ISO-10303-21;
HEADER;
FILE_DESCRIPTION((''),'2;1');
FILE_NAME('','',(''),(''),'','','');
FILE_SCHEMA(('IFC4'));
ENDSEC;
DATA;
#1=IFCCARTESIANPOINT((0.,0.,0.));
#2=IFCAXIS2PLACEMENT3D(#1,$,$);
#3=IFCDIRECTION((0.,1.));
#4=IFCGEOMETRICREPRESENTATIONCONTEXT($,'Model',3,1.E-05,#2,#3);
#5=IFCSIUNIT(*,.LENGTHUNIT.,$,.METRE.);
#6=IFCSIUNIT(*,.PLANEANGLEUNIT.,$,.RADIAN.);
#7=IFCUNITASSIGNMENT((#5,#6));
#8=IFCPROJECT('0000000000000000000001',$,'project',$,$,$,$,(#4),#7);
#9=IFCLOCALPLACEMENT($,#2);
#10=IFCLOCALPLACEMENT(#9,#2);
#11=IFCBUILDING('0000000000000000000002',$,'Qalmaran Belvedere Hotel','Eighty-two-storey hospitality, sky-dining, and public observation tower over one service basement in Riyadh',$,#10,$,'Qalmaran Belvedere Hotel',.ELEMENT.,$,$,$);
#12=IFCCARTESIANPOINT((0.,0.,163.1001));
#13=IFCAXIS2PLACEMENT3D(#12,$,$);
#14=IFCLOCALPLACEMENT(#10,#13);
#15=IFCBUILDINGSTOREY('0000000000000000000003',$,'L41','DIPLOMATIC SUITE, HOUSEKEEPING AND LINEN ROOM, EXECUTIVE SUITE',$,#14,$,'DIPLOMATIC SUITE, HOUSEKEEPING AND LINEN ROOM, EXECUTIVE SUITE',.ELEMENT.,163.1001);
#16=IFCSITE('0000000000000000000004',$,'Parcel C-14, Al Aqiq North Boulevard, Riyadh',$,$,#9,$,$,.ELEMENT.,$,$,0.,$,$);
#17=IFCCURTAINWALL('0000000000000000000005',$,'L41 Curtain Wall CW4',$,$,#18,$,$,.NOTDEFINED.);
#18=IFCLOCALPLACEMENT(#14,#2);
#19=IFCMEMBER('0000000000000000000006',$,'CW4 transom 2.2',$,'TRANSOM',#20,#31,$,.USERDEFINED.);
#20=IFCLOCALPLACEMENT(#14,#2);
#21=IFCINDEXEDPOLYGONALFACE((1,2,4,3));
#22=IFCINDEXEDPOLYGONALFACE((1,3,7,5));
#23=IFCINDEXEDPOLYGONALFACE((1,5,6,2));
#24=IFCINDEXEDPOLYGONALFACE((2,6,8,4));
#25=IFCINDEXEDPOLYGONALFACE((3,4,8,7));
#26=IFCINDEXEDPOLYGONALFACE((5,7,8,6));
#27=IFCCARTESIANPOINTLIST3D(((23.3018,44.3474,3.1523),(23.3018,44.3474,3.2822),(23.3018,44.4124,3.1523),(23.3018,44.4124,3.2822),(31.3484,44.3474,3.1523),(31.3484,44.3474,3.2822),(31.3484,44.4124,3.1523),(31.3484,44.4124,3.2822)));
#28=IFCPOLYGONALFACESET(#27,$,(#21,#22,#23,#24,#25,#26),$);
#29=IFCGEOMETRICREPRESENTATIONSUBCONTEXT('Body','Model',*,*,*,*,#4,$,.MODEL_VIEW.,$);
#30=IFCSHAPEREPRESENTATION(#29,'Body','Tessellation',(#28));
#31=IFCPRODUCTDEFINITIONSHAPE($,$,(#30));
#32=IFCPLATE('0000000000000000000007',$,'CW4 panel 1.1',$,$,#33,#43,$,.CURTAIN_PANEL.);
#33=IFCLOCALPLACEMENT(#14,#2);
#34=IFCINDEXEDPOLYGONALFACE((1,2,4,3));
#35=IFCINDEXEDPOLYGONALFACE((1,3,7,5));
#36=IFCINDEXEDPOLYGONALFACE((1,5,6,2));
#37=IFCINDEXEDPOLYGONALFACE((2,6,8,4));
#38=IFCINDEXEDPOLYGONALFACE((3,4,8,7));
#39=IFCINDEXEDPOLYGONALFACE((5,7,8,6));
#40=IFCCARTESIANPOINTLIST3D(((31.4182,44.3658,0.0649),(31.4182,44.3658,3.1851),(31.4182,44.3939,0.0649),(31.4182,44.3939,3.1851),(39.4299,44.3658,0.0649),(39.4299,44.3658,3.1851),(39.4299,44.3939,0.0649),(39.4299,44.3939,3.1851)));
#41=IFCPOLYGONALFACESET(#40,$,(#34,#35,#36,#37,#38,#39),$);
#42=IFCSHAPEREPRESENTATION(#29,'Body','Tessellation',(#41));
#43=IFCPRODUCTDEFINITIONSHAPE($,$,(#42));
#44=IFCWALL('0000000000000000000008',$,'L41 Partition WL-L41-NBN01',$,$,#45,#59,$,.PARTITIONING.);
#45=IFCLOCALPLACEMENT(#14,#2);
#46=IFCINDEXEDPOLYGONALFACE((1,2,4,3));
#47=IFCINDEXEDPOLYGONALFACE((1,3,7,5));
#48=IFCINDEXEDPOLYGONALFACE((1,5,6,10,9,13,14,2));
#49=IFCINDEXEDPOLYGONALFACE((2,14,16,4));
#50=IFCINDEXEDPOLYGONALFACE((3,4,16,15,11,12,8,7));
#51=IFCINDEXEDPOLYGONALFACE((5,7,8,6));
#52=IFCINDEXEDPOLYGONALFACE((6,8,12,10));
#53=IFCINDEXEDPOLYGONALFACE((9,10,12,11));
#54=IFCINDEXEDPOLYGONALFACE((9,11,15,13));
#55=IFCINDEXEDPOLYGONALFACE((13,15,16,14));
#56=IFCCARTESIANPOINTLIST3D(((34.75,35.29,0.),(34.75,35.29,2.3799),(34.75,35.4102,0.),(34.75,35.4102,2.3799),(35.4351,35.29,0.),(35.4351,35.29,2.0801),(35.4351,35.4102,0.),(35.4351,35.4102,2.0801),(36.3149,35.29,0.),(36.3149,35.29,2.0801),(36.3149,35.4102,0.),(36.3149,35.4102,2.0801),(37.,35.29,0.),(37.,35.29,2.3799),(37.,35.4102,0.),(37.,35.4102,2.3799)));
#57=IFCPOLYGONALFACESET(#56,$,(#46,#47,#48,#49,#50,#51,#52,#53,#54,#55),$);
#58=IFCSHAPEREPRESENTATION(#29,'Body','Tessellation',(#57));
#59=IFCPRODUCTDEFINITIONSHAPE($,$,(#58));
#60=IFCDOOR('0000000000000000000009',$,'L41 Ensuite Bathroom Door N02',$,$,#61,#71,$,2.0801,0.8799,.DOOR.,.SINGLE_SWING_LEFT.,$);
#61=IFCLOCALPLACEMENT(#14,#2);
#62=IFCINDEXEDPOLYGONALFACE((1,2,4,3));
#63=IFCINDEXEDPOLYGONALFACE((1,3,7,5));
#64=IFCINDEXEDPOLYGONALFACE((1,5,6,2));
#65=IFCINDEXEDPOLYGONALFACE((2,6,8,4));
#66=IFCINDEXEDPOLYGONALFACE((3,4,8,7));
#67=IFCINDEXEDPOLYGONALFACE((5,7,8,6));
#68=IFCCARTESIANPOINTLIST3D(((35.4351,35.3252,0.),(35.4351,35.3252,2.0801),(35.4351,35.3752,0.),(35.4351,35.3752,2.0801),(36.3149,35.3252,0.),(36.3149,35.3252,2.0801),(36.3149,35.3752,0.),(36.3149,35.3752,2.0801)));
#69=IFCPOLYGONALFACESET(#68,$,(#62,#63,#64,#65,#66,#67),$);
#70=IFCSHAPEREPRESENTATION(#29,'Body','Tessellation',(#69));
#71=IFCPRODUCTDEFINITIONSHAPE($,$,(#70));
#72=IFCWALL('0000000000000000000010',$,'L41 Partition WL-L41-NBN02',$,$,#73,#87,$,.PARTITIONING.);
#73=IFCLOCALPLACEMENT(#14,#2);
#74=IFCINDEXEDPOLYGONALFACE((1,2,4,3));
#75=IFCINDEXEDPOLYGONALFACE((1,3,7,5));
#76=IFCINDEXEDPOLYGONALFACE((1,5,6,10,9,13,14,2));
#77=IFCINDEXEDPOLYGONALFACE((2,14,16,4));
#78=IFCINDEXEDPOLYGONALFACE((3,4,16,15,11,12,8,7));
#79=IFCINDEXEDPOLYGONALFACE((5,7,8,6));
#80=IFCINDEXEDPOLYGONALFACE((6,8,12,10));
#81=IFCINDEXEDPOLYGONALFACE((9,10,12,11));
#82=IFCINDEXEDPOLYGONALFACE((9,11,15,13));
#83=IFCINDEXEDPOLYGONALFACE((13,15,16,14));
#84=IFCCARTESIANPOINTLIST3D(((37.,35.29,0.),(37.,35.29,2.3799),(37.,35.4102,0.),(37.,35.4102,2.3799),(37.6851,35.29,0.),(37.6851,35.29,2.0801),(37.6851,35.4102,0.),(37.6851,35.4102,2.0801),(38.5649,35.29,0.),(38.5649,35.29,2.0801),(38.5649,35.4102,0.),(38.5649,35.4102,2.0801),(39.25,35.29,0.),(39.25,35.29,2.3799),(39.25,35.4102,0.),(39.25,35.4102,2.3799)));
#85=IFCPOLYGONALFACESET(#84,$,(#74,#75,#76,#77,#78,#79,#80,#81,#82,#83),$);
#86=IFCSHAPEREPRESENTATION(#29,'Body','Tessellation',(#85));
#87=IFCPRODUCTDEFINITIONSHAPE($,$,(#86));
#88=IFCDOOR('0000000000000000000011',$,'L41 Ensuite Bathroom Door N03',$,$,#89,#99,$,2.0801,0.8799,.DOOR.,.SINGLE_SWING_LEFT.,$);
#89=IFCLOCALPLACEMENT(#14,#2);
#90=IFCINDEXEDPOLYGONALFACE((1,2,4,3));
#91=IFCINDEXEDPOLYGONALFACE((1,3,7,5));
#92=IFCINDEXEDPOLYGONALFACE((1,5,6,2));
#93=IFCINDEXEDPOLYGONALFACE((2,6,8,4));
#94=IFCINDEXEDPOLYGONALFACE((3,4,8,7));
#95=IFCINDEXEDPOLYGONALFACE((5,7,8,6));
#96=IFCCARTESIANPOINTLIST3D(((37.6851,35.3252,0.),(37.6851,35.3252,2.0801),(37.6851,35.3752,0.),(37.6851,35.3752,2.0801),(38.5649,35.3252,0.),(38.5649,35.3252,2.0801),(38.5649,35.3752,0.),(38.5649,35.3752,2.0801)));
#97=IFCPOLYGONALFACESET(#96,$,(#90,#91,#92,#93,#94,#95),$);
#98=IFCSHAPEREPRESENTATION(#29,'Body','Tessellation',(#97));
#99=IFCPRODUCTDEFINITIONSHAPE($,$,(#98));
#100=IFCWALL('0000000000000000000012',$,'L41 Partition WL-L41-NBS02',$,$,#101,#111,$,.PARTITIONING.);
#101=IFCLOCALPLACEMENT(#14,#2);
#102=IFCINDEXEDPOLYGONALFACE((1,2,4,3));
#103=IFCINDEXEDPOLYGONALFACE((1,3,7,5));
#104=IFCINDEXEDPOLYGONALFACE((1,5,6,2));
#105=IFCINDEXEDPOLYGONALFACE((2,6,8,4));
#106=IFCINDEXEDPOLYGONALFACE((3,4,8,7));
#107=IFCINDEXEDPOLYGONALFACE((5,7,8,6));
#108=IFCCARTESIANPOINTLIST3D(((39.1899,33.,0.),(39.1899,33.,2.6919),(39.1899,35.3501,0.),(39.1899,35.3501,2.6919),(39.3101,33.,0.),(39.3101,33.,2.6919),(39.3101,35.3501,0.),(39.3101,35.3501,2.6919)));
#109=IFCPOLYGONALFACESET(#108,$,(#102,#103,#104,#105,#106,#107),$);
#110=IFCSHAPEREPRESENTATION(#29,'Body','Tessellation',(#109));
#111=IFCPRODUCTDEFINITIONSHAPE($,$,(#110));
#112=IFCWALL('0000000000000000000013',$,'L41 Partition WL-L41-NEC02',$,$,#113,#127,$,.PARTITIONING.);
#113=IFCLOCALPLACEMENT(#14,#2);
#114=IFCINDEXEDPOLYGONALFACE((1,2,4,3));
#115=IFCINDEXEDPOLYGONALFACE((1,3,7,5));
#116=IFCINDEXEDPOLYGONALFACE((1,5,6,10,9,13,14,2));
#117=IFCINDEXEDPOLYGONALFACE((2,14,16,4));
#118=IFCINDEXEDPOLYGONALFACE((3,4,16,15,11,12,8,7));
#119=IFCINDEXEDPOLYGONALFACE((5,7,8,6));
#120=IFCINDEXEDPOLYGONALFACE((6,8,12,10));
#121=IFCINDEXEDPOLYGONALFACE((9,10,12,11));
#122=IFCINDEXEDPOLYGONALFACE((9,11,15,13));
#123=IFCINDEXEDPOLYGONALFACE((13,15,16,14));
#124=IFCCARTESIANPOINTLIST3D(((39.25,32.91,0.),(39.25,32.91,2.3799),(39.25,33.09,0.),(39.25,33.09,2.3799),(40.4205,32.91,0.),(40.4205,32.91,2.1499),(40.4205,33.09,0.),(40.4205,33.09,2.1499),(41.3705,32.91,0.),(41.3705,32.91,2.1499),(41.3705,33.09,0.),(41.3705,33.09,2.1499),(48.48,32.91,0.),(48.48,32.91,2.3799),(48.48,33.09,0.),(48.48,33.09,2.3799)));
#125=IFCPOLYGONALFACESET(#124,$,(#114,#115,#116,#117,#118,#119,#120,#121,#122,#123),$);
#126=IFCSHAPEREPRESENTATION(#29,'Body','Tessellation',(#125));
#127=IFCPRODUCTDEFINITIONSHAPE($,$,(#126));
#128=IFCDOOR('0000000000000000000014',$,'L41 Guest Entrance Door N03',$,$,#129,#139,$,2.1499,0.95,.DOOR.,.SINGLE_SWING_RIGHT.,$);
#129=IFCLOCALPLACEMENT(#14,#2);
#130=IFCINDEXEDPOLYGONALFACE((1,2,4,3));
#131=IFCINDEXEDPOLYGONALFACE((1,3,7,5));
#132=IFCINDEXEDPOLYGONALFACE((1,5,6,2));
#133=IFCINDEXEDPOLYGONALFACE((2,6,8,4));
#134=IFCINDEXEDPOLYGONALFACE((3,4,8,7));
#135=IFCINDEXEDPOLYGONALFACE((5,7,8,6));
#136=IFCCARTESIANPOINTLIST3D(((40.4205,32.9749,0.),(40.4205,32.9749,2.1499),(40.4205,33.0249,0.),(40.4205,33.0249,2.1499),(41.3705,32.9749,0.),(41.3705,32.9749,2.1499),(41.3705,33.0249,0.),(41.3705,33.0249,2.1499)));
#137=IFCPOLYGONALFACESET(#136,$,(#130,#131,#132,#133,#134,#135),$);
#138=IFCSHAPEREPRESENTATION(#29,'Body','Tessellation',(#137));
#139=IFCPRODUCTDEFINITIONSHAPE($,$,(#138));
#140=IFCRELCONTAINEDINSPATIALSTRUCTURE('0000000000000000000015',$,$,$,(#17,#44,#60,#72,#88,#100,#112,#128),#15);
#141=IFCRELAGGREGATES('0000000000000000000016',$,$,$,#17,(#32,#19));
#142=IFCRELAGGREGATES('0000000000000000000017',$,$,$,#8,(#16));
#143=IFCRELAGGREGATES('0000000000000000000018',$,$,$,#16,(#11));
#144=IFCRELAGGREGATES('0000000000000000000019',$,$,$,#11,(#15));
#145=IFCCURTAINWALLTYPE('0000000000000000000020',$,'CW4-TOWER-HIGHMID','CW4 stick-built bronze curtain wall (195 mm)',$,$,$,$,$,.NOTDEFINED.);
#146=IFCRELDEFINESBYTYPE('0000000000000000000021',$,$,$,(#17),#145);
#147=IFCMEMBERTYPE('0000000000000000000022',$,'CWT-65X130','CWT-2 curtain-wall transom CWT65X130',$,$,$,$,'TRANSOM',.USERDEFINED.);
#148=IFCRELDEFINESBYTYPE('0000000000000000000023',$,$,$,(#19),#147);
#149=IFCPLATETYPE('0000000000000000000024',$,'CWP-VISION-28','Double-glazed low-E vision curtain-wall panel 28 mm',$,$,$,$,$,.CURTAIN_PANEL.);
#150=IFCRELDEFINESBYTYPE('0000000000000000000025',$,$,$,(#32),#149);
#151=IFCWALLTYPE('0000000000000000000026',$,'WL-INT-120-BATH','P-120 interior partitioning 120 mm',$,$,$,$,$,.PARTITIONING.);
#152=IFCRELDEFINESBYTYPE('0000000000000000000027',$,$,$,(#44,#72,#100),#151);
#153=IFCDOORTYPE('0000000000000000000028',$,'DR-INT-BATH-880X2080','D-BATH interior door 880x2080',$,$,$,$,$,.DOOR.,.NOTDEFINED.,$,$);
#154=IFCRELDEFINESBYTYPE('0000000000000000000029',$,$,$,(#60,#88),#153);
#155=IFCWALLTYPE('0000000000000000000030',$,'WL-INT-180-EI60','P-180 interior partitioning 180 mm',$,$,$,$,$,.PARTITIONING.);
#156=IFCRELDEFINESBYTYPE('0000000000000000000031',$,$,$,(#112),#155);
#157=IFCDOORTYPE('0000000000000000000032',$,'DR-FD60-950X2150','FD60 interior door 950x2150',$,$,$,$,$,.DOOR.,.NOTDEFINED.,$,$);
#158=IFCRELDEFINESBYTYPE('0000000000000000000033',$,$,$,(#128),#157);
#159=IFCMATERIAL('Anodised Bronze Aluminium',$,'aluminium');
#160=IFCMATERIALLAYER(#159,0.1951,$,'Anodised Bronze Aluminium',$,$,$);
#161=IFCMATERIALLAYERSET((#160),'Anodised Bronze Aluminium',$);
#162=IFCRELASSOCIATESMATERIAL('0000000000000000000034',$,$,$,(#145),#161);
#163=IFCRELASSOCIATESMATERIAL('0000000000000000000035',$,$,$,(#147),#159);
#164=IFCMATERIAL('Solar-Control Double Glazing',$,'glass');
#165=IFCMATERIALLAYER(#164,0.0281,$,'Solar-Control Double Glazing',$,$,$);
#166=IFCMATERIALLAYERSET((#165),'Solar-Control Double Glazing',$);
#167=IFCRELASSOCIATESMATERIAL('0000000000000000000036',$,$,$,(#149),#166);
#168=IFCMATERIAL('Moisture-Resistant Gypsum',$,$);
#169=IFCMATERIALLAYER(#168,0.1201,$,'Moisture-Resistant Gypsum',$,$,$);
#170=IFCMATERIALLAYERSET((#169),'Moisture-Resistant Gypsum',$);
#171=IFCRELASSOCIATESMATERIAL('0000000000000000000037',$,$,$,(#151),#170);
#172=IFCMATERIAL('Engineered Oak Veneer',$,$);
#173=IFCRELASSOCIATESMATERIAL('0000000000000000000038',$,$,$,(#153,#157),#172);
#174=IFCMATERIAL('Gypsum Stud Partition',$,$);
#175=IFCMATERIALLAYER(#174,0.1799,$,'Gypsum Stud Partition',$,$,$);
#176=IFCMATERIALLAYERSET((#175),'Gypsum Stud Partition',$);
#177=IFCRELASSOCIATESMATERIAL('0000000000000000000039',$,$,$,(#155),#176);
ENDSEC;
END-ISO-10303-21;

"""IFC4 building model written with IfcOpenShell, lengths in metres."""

from ifc_helpers import new_model, si_unit, direction, frame, frame_2d, origin, origin_2d, place, context, subcontext, project, spatial, rectangle, extrude, material, layer, layer_set, material_profile, profile_set, type_object, element, fill, aggregate, save


model = new_model("IFC4")

# Units and contexts
model_context = context("Model", 3, precision=1e-05, world=origin(), true_north=direction((0.0, 1.0)))
body_context = subcontext(model_context, "Body", "Model", "MODEL_VIEW")
ifc_project = project(units=[si_unit("LENGTHUNIT", "METRE"), si_unit("PLANEANGLEUNIT", "RADIAN")], contexts=[model_context])

# Site, building, storey
site_placement = place(None, origin())
site = spatial("IfcSite", under=ifc_project, at=site_placement, Name="Parcel C-14, Al Aqiq North Boulevard, Riyadh", CompositionType="ELEMENT", RefElevation=0.0)
building_placement = place(site_placement, origin())
building = spatial("IfcBuilding", under=site, at=building_placement, Name="Qalmaran Belvedere Hotel", Description="Eighty-two-storey hospitality, sky-dining, and public observation tower over one service basement in Riyadh", LongName="Qalmaran Belvedere Hotel", CompositionType="ELEMENT")
storey_placement = place(building_placement, frame((0.0, 0.0, 163.1001)))
storey = spatial("IfcBuildingStorey", under=building, at=storey_placement, Name="L41", Description="DIPLOMATIC SUITE, HOUSEKEEPING AND LINEN ROOM, EXECUTIVE SUITE", LongName="DIPLOMATIC SUITE, HOUSEKEEPING AND LINEN ROOM, EXECUTIVE SUITE", CompositionType="ELEMENT", Elevation=163.1001)

# Curtain wall, member, plate
ifc_material_1 = material(Name="Anodised Bronze Aluminium", Category="aluminium")
ifc_layer_1 = layer(ifc_material_1, 0.1951, Name="Anodised Bronze Aluminium")
ifc_layer_set_1 = layer_set([ifc_layer_1], Name="Anodised Bronze Aluminium")
curtain_wall_type = type_object("IfcCurtainWallType", Name="CW4-TOWER-HIGHMID", Description="CW4 stick-built bronze curtain wall (195 mm)", PredefinedType="NOTDEFINED", material=ifc_layer_set_1)
curtain_wall_placement = place(storey_placement, origin())
curtain_wall = element("IfcCurtainWall", 1, at=curtain_wall_placement, inside=storey, type_object=curtain_wall_type, Name="L41 Curtain Wall CW4", PredefinedType="NOTDEFINED")
ifc_material_profile_1 = material_profile(ifc_material_1, rectangle(XDim=0.0649, YDim=0.1299, at=origin_2d()), Name="CWT65X130")
ifc_profile_set_1 = profile_set([ifc_material_profile_1], Name="Anodised Bronze Aluminium")
member_type_1 = type_object("IfcMemberType", Name="CWT-65X130", Description="CWT-2 curtain-wall transom CWT65X130", ElementType="TRANSOM", PredefinedType="USERDEFINED", material=ifc_profile_set_1)
member_1_placement = place(storey_placement, frame((31.3484, 44.3799, 3.2173), z_axis=(-1.0, 0.0, 0.0), x_axis=(0.0, -1.0, 0.0)))
member_1 = element("IfcMember", 2, at=member_1_placement, type_object=member_type_1, Name="CW4 transom 2.2", ObjectType="TRANSOM", PredefinedType="USERDEFINED", context=body_context, shape_type="SweptSolid", body=[
    extrude(rectangle(XDim=0.0649, YDim=0.1299, at=origin_2d()), origin(), (0.0, 0.0, 1.0), 8.0466),
])
ifc_material_2 = material(Name="Solar-Control Double Glazing", Category="glass")
ifc_layer_2 = layer(ifc_material_2, 0.0281, Name="Solar-Control Double Glazing")
ifc_layer_set_2 = layer_set([ifc_layer_2], Name="Solar-Control Double Glazing")
plate_type = type_object("IfcPlateType", Name="CWP-VISION-28", Description="Double-glazed low-E vision curtain-wall panel 28 mm", PredefinedType="CURTAIN_PANEL", material=ifc_layer_set_2)
plate_placement = place(storey_placement, frame((35.4241, 44.3799, 0.0649), z_axis=(0.0, 0.0, 1.0), x_axis=(-1.0, 0.0, 0.0)))
plate = element("IfcPlate", 3, at=plate_placement, type_object=plate_type, Name="CW4 panel 1.1", PredefinedType="CURTAIN_PANEL", context=body_context, shape_type="SweptSolid", body=[
    extrude(rectangle(XDim=8.0117, YDim=0.0281, at=origin_2d()), origin(), (0.0, 0.0, 1.0), 3.1201),
])
aggregate(curtain_wall, [plate, member_1])

# Walls, openings, doors
ifc_material_3 = material(Name="Moisture-Resistant Gypsum")
ifc_layer_3 = layer(ifc_material_3, 0.1201, Name="Moisture-Resistant Gypsum")
ifc_layer_set_3 = layer_set([ifc_layer_3], Name="Moisture-Resistant Gypsum")
wall_type_1 = type_object("IfcWallType", Name="WL-INT-120-BATH", Description="P-120 interior partitioning 120 mm", PredefinedType="PARTITIONING", material=ifc_layer_set_3)
wall_1_placement = place(storey_placement, frame((34.75, 35.3501, 0.0), z_axis=(0.0, 0.0, 1.0), x_axis=(1.0, 0.0, 0.0)))
wall_1 = element("IfcWall", 4, at=wall_1_placement, inside=storey, type_object=wall_type_1, Name="L41 Partition WL-L41-NBN01", PredefinedType="PARTITIONING", context=body_context, shape_type="SweptSolid", body=[
    extrude(rectangle(XDim=2.25, YDim=0.1201, at=frame_2d((1.125, 0.0))), origin(), (0.0, 0.0, 1.0), 2.3799),
])
opening_1_placement = place(wall_1_placement, frame((1.5649, 0.0, 0.0), z_axis=(0.0, 0.0, 1.0), x_axis=(-1.0, 0.0, 0.0)))
opening_1 = element("IfcOpeningElement", 5, at=opening_1_placement, cuts=wall_1, PredefinedType="OPENING", context=body_context, shape_type="SweptSolid", body=[
    extrude(rectangle(XDim=0.8799, YDim=2.0801, at=frame_2d((0.4399, 1.04))), frame((0.0, 0.0701, 0.0), z_axis=(0.0, -1.0, 0.0), x_axis=(1.0, 0.0, 0.0)), (0.0, 0.0, 1.0), 0.1401),
])
ifc_material_4 = material(Name="Engineered Oak Veneer")
door_type_1 = type_object("IfcDoorType", Name="DR-INT-BATH-880X2080", Description="D-BATH interior door 880x2080", OperationType="NOTDEFINED", PredefinedType="DOOR", material=ifc_material_4)
door_1_placement = place(opening_1_placement, origin())
door_1 = element("IfcDoor", 6, at=door_1_placement, inside=storey, type_object=door_type_1, Name="L41 Ensuite Bathroom Door N02", OperationType="SINGLE_SWING_LEFT", OverallHeight=2.0801, OverallWidth=0.8799, PredefinedType="DOOR", context=body_context, shape_type="SweptSolid", body=[
    extrude(rectangle(XDim=0.8799, YDim=2.0801, at=frame_2d((0.4399, 1.04))), frame((0.0, 0.0249, 0.0), z_axis=(0.0, -1.0, 0.0), x_axis=(1.0, 0.0, 0.0)), (0.0, 0.0, 1.0), 0.05),
])
fill(opening_1, door_1)
wall_2_placement = place(storey_placement, frame((37.0, 35.3501, 0.0), z_axis=(0.0, 0.0, 1.0), x_axis=(1.0, 0.0, 0.0)))
wall_2 = element("IfcWall", 7, at=wall_2_placement, inside=storey, type_object=wall_type_1, Name="L41 Partition WL-L41-NBN02", PredefinedType="PARTITIONING", context=body_context, shape_type="SweptSolid", body=[
    extrude(rectangle(XDim=2.25, YDim=0.1201, at=frame_2d((1.125, 0.0))), origin(), (0.0, 0.0, 1.0), 2.3799),
])
opening_2_placement = place(wall_2_placement, frame((1.5649, 0.0, 0.0), z_axis=(0.0, 0.0, 1.0), x_axis=(-1.0, 0.0, 0.0)))
opening_2 = element("IfcOpeningElement", 8, at=opening_2_placement, cuts=wall_2, PredefinedType="OPENING", context=body_context, shape_type="SweptSolid", body=[
    extrude(rectangle(XDim=0.8799, YDim=2.0801, at=frame_2d((0.4399, 1.04))), frame((0.0, 0.0701, 0.0), z_axis=(0.0, -1.0, 0.0), x_axis=(1.0, 0.0, 0.0)), (0.0, 0.0, 1.0), 0.1401),
])
door_2_placement = place(opening_2_placement, origin())
door_2 = element("IfcDoor", 9, at=door_2_placement, inside=storey, type_object=door_type_1, Name="L41 Ensuite Bathroom Door N03", OperationType="SINGLE_SWING_LEFT", OverallHeight=2.0801, OverallWidth=0.8799, PredefinedType="DOOR", context=body_context, shape_type="SweptSolid", body=[
    extrude(rectangle(XDim=0.8799, YDim=2.0801, at=frame_2d((0.4399, 1.04))), frame((0.0, 0.0249, 0.0), z_axis=(0.0, -1.0, 0.0), x_axis=(1.0, 0.0, 0.0)), (0.0, 0.0, 1.0), 0.05),
])
fill(opening_2, door_2)

# Wall
wall_3_placement = place(storey_placement, frame((39.25, 33.0, 0.0), z_axis=(0.0, 0.0, 1.0), x_axis=(0.0, 1.0, 0.0)))
element("IfcWall", 10, at=wall_3_placement, inside=storey, type_object=wall_type_1, Name="L41 Partition WL-L41-NBS02", PredefinedType="PARTITIONING", context=body_context, shape_type="SweptSolid", body=[
    extrude(rectangle(XDim=2.3501, YDim=0.1201, at=frame_2d((1.175, 0.0))), origin(), (0.0, 0.0, 1.0), 2.6919),
])

# Wall, opening, door
ifc_material_5 = material(Name="Gypsum Stud Partition")
ifc_layer_4 = layer(ifc_material_5, 0.1799, Name="Gypsum Stud Partition")
ifc_layer_set_4 = layer_set([ifc_layer_4], Name="Gypsum Stud Partition")
wall_type_2 = type_object("IfcWallType", Name="WL-INT-180-EI60", Description="P-180 interior partitioning 180 mm", PredefinedType="PARTITIONING", material=ifc_layer_set_4)
wall_4_placement = place(storey_placement, frame((39.25, 33.0, 0.0), z_axis=(0.0, 0.0, 1.0), x_axis=(1.0, 0.0, 0.0)))
wall_4 = element("IfcWall", 11, at=wall_4_placement, inside=storey, type_object=wall_type_2, Name="L41 Partition WL-L41-NEC02", PredefinedType="PARTITIONING", context=body_context, shape_type="SweptSolid", body=[
    extrude(rectangle(XDim=9.23, YDim=0.1799, at=frame_2d((4.615, 0.0))), origin(), (0.0, 0.0, 1.0), 2.3799),
])
opening_3_placement = place(wall_4_placement, frame((1.1704, 0.0, 0.0)))
opening_3 = element("IfcOpeningElement", 12, at=opening_3_placement, cuts=wall_4, PredefinedType="OPENING", context=body_context, shape_type="SweptSolid", body=[
    extrude(rectangle(XDim=0.95, YDim=2.1499, at=frame_2d((0.4751, 1.075))), frame((0.0, 0.1001, 0.0), z_axis=(0.0, -1.0, 0.0), x_axis=(1.0, 0.0, 0.0)), (0.0, 0.0, 1.0), 0.2),
])
door_type_2 = type_object("IfcDoorType", Name="DR-FD60-950X2150", Description="FD60 interior door 950x2150", OperationType="NOTDEFINED", PredefinedType="DOOR", material=ifc_material_4)
door_3_placement = place(opening_3_placement, origin())
door_3 = element("IfcDoor", 13, at=door_3_placement, inside=storey, type_object=door_type_2, Name="L41 Guest Entrance Door N03", OperationType="SINGLE_SWING_RIGHT", OverallHeight=2.1499, OverallWidth=0.95, PredefinedType="DOOR", context=body_context, shape_type="SweptSolid", body=[
    extrude(rectangle(XDim=0.95, YDim=2.1499, at=frame_2d((0.4751, 1.075))), frame((0.0, 0.0249, 0.0), z_axis=(0.0, -1.0, 0.0), x_axis=(1.0, 0.0, 0.0)), (0.0, 0.0, 1.0), 0.05),
])
fill(opening_3, door_3)

save(model, "model.ifc")
